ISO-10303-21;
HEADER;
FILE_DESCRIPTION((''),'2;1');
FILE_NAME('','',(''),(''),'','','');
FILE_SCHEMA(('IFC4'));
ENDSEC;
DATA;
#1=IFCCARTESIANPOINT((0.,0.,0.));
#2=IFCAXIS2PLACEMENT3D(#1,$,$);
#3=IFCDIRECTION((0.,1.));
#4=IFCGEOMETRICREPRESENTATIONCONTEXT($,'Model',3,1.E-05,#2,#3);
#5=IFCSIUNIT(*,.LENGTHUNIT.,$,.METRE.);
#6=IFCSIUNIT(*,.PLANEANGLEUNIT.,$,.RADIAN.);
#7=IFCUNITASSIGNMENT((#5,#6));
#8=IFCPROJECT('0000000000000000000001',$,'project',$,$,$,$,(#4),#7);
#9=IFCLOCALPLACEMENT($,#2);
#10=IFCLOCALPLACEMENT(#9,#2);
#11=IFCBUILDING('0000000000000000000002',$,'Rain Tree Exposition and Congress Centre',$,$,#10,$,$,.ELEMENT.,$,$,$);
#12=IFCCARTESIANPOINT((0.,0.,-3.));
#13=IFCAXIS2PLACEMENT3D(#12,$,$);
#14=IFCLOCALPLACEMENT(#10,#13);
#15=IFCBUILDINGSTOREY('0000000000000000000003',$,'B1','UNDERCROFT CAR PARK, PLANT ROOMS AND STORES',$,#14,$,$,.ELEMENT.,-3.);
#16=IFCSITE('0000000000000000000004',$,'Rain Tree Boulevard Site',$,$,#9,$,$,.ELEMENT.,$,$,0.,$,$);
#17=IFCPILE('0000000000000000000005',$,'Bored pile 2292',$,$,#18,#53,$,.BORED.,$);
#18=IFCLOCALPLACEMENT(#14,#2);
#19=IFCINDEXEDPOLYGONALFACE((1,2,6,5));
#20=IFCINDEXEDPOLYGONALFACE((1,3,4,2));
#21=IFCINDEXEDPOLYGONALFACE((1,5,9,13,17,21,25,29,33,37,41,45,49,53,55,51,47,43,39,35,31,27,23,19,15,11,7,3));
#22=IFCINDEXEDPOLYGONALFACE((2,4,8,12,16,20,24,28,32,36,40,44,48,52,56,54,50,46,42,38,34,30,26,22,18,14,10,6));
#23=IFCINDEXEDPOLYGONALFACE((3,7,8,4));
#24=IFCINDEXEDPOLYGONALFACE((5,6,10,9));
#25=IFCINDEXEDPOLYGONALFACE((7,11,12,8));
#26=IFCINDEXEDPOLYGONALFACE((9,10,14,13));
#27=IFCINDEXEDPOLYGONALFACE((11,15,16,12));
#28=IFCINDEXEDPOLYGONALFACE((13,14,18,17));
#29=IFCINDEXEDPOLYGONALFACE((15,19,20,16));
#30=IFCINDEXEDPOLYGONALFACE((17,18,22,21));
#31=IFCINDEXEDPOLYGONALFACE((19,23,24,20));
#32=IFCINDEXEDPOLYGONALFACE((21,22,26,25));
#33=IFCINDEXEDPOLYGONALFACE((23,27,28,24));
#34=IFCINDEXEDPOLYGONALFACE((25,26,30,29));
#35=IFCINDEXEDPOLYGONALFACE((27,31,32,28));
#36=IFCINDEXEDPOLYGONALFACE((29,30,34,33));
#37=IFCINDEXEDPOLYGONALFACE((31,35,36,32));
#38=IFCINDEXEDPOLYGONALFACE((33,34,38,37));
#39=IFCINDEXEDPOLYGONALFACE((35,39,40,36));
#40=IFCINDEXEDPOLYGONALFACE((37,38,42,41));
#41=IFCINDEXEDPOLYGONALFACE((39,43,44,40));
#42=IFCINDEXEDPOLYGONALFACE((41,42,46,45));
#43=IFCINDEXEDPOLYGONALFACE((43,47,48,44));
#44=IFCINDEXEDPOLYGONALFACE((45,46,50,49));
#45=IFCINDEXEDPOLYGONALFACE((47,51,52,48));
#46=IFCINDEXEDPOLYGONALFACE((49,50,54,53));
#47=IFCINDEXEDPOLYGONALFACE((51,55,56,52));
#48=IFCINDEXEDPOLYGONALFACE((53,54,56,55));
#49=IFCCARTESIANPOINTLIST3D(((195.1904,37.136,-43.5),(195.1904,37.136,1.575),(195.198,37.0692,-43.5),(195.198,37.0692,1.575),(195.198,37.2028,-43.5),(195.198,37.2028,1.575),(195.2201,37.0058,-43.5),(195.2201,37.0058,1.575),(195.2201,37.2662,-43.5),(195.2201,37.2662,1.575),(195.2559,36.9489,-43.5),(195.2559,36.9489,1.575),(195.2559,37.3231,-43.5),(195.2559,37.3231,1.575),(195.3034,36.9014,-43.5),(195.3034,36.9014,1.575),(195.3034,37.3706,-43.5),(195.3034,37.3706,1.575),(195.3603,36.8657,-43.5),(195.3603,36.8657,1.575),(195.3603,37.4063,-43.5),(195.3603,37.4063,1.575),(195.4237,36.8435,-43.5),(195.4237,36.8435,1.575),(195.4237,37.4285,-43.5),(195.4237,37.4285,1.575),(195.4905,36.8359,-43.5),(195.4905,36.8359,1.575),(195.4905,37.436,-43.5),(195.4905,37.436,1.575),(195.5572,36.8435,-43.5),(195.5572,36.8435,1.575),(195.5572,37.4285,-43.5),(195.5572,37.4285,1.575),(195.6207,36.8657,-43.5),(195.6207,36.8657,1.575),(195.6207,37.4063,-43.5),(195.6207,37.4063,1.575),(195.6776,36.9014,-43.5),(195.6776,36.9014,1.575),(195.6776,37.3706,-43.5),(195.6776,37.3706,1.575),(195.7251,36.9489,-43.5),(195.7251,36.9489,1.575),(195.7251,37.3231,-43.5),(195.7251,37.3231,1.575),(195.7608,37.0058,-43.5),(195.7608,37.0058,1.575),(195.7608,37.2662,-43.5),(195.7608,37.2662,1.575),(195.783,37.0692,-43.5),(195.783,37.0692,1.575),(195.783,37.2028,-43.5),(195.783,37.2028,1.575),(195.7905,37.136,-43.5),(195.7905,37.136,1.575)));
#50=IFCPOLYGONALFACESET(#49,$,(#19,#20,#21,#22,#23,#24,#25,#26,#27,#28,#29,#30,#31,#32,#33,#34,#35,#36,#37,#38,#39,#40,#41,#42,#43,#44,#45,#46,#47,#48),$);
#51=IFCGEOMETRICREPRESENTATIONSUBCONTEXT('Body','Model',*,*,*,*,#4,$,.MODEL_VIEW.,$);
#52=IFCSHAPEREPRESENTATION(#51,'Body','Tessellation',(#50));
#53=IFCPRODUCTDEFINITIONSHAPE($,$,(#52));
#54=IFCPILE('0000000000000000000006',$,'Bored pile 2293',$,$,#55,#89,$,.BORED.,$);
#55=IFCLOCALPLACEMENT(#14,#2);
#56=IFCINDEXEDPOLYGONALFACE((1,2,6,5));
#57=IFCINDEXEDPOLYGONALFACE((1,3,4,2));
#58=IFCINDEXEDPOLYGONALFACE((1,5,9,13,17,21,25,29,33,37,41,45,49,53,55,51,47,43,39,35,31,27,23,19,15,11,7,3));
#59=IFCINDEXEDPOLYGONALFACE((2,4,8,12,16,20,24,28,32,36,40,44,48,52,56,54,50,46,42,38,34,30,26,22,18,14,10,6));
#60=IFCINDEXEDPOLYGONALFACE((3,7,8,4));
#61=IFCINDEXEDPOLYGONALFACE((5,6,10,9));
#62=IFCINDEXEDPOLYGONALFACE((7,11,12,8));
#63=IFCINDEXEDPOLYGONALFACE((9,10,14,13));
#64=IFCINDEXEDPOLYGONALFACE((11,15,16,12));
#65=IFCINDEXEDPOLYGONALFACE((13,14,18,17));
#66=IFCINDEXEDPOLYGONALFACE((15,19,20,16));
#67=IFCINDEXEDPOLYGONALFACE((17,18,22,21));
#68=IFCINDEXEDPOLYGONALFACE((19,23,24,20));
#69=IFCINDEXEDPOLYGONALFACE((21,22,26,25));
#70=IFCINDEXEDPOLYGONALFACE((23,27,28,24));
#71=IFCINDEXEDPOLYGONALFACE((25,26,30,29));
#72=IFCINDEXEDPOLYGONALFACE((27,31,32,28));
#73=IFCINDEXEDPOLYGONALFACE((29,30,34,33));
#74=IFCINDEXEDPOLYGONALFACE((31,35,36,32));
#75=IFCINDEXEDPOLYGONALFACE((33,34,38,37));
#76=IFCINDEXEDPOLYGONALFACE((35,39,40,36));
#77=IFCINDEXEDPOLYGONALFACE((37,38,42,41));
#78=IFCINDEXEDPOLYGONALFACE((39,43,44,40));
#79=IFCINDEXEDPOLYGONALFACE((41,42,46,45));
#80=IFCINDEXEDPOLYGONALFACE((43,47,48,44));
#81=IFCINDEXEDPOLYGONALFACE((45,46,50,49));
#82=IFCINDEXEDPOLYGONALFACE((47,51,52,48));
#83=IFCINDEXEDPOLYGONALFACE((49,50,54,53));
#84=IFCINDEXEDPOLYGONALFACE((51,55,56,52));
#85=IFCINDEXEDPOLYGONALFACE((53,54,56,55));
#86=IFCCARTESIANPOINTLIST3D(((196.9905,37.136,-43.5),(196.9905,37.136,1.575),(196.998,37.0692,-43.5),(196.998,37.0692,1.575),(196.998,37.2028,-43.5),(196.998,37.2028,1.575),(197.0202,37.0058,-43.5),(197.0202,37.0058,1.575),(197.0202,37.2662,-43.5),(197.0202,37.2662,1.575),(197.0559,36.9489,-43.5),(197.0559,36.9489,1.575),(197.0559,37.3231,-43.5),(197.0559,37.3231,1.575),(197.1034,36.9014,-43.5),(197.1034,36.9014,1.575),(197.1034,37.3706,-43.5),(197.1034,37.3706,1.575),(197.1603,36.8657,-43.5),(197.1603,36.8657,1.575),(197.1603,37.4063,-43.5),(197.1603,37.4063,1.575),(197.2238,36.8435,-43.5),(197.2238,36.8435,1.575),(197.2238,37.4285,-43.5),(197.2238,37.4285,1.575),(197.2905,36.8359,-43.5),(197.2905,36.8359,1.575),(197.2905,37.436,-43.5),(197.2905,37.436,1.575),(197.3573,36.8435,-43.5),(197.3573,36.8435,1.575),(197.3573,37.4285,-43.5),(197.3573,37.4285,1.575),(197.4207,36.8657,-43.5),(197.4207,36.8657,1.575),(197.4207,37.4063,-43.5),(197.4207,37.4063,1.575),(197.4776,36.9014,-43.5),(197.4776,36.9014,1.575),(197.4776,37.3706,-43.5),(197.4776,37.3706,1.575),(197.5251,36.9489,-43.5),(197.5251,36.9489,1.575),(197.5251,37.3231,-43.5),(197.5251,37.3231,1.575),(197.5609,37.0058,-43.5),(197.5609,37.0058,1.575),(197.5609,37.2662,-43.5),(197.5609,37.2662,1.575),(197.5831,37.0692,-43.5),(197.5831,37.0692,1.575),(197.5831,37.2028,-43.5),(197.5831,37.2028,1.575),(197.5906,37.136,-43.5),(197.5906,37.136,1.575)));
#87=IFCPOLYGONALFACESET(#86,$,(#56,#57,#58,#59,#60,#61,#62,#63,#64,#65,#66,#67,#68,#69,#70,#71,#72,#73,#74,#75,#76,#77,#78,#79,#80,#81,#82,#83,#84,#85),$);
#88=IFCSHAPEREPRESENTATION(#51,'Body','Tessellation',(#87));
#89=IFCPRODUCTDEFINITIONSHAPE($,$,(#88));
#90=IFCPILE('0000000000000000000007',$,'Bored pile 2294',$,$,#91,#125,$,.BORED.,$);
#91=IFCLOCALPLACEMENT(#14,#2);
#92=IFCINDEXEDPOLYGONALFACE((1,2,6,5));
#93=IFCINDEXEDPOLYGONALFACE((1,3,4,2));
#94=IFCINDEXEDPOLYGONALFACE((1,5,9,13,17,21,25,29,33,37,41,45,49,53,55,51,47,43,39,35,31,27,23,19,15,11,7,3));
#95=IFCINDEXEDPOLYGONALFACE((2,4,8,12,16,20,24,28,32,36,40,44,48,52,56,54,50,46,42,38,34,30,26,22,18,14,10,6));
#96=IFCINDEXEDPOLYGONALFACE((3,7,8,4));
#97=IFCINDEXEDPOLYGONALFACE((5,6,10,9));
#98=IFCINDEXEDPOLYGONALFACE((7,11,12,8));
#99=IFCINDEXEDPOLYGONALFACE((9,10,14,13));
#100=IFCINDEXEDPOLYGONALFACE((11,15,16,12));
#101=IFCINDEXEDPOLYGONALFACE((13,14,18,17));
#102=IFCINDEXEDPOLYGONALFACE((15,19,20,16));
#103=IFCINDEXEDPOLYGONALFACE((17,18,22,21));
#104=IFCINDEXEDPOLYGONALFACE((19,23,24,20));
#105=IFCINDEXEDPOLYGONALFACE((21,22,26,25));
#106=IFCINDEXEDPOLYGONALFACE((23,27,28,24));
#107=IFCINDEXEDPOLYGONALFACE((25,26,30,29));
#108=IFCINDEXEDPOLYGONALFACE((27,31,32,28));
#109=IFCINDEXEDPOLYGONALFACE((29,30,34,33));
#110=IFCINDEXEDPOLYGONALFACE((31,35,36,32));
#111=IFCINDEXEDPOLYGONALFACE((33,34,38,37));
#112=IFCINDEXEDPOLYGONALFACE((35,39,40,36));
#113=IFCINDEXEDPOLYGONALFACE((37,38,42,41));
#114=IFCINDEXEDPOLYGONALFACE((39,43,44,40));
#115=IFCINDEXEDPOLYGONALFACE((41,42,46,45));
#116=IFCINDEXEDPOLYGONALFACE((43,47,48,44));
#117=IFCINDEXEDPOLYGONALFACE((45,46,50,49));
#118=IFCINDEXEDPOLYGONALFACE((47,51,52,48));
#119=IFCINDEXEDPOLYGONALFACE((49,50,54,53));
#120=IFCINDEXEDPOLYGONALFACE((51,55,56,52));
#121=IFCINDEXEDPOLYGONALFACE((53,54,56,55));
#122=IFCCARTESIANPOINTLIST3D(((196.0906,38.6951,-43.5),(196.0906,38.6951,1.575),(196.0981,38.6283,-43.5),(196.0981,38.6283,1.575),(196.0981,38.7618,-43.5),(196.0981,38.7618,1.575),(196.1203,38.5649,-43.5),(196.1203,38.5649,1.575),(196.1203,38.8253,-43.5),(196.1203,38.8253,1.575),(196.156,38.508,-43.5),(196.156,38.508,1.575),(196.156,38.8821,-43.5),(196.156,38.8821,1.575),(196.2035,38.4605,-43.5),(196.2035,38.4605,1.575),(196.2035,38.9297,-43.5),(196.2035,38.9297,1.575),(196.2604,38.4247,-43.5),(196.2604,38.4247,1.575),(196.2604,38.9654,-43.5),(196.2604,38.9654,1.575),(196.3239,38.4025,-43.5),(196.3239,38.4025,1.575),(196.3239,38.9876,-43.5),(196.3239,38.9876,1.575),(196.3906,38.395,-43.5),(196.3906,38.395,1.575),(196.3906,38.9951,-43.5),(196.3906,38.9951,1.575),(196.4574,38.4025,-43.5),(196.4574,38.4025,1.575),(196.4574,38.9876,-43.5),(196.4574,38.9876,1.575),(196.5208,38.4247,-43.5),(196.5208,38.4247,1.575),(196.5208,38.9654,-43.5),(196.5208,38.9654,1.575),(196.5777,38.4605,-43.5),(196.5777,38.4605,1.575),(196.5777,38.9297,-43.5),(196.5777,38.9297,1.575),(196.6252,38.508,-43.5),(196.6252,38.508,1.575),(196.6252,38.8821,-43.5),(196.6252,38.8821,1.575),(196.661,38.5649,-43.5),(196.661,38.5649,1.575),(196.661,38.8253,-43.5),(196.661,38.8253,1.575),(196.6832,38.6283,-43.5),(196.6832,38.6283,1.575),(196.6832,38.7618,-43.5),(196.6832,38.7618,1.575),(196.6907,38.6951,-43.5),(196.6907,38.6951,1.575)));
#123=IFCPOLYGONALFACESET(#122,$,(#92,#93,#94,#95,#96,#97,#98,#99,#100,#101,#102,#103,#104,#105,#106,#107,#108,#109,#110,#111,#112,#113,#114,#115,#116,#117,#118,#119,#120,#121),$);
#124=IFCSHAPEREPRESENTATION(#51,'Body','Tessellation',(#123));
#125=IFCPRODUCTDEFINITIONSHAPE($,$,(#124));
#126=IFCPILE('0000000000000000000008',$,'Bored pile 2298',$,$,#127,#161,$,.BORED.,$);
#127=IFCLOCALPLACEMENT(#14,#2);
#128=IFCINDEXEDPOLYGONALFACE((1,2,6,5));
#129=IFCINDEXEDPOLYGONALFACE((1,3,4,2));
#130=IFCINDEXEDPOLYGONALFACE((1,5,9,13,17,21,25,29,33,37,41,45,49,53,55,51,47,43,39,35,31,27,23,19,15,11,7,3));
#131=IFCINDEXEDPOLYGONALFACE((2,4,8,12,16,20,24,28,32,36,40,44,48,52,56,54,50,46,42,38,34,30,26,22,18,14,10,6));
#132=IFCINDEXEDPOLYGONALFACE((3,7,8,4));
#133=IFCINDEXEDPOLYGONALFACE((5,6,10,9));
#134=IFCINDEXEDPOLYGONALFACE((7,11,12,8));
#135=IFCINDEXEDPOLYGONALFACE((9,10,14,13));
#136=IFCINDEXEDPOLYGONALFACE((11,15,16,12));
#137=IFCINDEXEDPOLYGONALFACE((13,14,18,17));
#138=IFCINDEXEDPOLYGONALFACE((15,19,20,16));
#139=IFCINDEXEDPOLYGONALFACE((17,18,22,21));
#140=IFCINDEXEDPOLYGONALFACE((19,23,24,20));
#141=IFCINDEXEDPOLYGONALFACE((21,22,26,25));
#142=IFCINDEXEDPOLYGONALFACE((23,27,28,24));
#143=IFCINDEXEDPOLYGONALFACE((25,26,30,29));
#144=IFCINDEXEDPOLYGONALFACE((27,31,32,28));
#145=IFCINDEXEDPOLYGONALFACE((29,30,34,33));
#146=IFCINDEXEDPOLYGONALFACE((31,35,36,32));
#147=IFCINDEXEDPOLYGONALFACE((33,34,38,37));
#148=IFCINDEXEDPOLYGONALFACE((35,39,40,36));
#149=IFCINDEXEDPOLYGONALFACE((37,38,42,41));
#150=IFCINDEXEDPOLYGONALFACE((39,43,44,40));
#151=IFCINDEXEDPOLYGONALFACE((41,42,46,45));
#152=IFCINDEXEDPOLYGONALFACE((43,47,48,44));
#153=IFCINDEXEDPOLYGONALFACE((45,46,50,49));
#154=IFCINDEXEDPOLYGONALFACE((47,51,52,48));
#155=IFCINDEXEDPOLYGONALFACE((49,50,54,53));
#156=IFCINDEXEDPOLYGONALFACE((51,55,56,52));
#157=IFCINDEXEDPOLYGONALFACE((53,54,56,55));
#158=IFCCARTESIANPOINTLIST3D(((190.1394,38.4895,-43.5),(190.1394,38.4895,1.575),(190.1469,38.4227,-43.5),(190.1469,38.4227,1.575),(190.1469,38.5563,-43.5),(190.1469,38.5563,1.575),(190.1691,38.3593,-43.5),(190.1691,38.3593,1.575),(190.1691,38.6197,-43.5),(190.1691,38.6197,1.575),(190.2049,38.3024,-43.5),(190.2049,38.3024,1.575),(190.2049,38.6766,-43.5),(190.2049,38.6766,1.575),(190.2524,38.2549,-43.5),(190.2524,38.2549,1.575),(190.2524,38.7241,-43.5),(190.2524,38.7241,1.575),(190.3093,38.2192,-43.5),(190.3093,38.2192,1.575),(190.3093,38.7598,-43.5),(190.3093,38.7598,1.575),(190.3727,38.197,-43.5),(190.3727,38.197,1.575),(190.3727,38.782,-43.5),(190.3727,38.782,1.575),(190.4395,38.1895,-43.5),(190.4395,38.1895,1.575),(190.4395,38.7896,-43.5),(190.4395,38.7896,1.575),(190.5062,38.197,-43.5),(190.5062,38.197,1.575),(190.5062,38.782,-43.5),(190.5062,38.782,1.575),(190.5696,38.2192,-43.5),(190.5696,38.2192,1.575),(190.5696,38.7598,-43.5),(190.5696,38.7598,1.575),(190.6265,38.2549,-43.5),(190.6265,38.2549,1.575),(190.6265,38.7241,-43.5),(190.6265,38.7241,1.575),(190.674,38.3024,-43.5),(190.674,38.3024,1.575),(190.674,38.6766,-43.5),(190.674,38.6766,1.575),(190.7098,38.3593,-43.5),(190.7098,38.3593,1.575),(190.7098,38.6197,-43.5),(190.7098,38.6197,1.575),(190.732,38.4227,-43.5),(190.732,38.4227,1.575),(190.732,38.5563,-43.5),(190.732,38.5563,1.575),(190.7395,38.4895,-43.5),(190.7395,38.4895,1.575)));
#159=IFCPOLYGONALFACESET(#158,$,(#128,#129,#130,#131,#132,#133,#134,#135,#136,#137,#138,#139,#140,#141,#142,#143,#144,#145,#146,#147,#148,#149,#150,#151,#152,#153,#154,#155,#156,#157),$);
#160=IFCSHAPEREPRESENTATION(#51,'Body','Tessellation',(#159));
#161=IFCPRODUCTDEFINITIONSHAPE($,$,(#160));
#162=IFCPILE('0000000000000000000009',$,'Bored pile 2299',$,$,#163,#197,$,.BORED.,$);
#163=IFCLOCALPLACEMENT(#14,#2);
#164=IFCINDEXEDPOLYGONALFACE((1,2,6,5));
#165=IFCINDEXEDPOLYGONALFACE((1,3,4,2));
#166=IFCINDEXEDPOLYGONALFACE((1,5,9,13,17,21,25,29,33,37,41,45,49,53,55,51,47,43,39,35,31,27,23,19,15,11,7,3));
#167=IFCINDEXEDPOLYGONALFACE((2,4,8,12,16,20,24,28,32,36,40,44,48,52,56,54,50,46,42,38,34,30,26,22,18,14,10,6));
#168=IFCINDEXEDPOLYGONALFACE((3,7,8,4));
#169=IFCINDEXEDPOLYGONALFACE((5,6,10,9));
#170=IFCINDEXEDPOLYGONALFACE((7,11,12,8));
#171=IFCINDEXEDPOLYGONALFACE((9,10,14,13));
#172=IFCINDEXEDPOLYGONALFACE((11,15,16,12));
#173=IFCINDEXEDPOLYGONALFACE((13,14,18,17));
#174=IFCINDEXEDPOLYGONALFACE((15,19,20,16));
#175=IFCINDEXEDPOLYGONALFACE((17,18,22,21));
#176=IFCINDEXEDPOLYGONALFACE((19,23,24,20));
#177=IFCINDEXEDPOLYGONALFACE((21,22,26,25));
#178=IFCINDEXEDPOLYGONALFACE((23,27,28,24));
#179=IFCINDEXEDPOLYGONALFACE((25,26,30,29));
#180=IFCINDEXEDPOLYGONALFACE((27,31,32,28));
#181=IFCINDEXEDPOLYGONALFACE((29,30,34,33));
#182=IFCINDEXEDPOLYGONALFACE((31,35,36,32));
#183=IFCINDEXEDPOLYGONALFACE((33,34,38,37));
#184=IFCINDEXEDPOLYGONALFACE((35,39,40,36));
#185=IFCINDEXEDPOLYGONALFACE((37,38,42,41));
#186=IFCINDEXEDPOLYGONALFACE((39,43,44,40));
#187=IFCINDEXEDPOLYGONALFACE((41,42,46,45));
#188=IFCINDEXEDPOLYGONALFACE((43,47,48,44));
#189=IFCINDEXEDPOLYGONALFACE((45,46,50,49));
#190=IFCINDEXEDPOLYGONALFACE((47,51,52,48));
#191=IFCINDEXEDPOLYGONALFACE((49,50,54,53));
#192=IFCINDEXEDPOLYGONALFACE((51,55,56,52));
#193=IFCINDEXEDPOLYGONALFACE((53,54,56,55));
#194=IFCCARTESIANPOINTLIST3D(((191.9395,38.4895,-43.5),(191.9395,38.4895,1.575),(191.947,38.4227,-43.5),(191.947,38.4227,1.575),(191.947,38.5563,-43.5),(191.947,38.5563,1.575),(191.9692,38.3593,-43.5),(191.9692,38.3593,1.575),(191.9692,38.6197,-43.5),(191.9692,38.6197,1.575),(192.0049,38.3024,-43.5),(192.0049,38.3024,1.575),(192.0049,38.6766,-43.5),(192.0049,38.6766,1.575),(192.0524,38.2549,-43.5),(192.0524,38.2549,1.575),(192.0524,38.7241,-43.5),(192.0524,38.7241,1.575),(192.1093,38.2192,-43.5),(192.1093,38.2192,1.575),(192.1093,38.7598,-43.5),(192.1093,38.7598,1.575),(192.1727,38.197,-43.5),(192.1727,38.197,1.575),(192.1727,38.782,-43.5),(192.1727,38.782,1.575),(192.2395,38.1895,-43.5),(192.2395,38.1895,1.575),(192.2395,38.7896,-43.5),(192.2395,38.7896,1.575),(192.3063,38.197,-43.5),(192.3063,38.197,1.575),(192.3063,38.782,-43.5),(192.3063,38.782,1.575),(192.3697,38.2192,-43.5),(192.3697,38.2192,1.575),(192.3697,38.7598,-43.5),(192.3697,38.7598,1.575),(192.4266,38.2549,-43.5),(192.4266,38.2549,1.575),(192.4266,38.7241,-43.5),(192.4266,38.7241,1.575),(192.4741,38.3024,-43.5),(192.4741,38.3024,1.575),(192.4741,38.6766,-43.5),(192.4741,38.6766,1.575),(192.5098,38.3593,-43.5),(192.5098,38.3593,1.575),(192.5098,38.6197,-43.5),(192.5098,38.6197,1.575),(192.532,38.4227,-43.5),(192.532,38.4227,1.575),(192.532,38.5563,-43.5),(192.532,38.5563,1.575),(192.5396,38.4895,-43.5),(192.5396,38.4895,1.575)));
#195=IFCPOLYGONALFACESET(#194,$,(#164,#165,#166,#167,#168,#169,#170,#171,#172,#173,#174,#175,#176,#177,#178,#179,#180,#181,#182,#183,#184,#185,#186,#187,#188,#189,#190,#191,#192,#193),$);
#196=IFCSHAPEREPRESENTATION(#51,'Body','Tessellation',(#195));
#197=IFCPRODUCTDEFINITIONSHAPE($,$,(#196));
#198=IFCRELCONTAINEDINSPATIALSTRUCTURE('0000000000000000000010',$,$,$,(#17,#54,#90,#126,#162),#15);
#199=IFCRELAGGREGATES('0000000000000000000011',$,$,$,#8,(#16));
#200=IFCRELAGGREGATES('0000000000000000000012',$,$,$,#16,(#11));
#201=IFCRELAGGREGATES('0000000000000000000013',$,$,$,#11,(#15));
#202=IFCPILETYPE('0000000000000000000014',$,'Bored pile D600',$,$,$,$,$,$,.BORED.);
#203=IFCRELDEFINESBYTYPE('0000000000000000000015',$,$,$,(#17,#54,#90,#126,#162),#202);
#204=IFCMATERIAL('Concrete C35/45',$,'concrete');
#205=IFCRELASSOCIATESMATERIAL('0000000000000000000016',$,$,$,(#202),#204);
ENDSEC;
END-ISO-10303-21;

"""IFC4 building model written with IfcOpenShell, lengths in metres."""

from ifc_helpers import new_model, si_unit, direction, frame, origin, origin_2d, place, context, subcontext, project, spatial, circle, extrude, material, material_profile, profile_set, type_object, element, save


model = new_model("IFC4")

# Units and contexts
model_context = context("Model", 3, precision=1e-05, world=origin(), true_north=direction((0.0, 1.0)))
body_context = subcontext(model_context, "Body", "Model", "MODEL_VIEW")
ifc_project = project(units=[si_unit("LENGTHUNIT", "METRE"), si_unit("PLANEANGLEUNIT", "RADIAN")], contexts=[model_context])

# Site, building, storey
site_placement = place(None, origin())
site = spatial("IfcSite", under=ifc_project, at=site_placement, Name="Rain Tree Boulevard Site", CompositionType="ELEMENT", RefElevation=0.0)
building_placement = place(site_placement, origin())
building = spatial("IfcBuilding", under=site, at=building_placement, Name="Rain Tree Exposition and Congress Centre", CompositionType="ELEMENT")
storey_placement = place(building_placement, frame((0.0, 0.0, -3.0)))
storey = spatial("IfcBuildingStorey", under=building, at=storey_placement, Name="B1", Description="UNDERCROFT CAR PARK, PLANT ROOMS AND STORES", CompositionType="ELEMENT", Elevation=-3.0)

# Piles
ifc_material_1 = material(Name="Concrete C35/45", Category="concrete")
ifc_material_profile_1 = material_profile(ifc_material_1, circle(Radius=0.3, at=origin_2d()), Name="D600")
ifc_profile_set_1 = profile_set([ifc_material_profile_1], Name="Concrete C35/45")
pile_type_1 = type_object("IfcPileType", Name="Bored pile D600", PredefinedType="BORED", material=ifc_profile_set_1)
for number, where, z_axis, x_axis, name in (
    (1, (195.4905, 37.136, 1.575), (0.0, 0.0, -1.0), (1.0, 0.0, 0.0), "Bored pile 2292"),
    (2, (197.2905, 37.136, 1.575), (0.0, 0.0, -1.0), (1.0, 0.0, 0.0), "Bored pile 2293"),
    (3, (196.3906, 38.6951, 1.575), (0.0, 0.0, -1.0), (1.0, 0.0, 0.0), "Bored pile 2294"),
    (4, (190.4395, 38.4895, 1.575), (0.0, 0.0, -1.0), (1.0, 0.0, 0.0), "Bored pile 2298"),
    (5, (192.2395, 38.4895, 1.575), (0.0, 0.0, -1.0), (1.0, 0.0, 0.0), "Bored pile 2299"),
):
    element("IfcPile", number, at=place(storey_placement, frame(where, z_axis=z_axis, x_axis=x_axis)), inside=storey, type_object=pile_type_1, Name=name, PredefinedType="BORED", context=body_context, shape_type="SweptSolid", body=[
        extrude(circle(Radius=0.3, at=origin_2d()), origin(), (0.0, 0.0, 1.0), 45.075),
    ])

save(model, "model.ifc")
